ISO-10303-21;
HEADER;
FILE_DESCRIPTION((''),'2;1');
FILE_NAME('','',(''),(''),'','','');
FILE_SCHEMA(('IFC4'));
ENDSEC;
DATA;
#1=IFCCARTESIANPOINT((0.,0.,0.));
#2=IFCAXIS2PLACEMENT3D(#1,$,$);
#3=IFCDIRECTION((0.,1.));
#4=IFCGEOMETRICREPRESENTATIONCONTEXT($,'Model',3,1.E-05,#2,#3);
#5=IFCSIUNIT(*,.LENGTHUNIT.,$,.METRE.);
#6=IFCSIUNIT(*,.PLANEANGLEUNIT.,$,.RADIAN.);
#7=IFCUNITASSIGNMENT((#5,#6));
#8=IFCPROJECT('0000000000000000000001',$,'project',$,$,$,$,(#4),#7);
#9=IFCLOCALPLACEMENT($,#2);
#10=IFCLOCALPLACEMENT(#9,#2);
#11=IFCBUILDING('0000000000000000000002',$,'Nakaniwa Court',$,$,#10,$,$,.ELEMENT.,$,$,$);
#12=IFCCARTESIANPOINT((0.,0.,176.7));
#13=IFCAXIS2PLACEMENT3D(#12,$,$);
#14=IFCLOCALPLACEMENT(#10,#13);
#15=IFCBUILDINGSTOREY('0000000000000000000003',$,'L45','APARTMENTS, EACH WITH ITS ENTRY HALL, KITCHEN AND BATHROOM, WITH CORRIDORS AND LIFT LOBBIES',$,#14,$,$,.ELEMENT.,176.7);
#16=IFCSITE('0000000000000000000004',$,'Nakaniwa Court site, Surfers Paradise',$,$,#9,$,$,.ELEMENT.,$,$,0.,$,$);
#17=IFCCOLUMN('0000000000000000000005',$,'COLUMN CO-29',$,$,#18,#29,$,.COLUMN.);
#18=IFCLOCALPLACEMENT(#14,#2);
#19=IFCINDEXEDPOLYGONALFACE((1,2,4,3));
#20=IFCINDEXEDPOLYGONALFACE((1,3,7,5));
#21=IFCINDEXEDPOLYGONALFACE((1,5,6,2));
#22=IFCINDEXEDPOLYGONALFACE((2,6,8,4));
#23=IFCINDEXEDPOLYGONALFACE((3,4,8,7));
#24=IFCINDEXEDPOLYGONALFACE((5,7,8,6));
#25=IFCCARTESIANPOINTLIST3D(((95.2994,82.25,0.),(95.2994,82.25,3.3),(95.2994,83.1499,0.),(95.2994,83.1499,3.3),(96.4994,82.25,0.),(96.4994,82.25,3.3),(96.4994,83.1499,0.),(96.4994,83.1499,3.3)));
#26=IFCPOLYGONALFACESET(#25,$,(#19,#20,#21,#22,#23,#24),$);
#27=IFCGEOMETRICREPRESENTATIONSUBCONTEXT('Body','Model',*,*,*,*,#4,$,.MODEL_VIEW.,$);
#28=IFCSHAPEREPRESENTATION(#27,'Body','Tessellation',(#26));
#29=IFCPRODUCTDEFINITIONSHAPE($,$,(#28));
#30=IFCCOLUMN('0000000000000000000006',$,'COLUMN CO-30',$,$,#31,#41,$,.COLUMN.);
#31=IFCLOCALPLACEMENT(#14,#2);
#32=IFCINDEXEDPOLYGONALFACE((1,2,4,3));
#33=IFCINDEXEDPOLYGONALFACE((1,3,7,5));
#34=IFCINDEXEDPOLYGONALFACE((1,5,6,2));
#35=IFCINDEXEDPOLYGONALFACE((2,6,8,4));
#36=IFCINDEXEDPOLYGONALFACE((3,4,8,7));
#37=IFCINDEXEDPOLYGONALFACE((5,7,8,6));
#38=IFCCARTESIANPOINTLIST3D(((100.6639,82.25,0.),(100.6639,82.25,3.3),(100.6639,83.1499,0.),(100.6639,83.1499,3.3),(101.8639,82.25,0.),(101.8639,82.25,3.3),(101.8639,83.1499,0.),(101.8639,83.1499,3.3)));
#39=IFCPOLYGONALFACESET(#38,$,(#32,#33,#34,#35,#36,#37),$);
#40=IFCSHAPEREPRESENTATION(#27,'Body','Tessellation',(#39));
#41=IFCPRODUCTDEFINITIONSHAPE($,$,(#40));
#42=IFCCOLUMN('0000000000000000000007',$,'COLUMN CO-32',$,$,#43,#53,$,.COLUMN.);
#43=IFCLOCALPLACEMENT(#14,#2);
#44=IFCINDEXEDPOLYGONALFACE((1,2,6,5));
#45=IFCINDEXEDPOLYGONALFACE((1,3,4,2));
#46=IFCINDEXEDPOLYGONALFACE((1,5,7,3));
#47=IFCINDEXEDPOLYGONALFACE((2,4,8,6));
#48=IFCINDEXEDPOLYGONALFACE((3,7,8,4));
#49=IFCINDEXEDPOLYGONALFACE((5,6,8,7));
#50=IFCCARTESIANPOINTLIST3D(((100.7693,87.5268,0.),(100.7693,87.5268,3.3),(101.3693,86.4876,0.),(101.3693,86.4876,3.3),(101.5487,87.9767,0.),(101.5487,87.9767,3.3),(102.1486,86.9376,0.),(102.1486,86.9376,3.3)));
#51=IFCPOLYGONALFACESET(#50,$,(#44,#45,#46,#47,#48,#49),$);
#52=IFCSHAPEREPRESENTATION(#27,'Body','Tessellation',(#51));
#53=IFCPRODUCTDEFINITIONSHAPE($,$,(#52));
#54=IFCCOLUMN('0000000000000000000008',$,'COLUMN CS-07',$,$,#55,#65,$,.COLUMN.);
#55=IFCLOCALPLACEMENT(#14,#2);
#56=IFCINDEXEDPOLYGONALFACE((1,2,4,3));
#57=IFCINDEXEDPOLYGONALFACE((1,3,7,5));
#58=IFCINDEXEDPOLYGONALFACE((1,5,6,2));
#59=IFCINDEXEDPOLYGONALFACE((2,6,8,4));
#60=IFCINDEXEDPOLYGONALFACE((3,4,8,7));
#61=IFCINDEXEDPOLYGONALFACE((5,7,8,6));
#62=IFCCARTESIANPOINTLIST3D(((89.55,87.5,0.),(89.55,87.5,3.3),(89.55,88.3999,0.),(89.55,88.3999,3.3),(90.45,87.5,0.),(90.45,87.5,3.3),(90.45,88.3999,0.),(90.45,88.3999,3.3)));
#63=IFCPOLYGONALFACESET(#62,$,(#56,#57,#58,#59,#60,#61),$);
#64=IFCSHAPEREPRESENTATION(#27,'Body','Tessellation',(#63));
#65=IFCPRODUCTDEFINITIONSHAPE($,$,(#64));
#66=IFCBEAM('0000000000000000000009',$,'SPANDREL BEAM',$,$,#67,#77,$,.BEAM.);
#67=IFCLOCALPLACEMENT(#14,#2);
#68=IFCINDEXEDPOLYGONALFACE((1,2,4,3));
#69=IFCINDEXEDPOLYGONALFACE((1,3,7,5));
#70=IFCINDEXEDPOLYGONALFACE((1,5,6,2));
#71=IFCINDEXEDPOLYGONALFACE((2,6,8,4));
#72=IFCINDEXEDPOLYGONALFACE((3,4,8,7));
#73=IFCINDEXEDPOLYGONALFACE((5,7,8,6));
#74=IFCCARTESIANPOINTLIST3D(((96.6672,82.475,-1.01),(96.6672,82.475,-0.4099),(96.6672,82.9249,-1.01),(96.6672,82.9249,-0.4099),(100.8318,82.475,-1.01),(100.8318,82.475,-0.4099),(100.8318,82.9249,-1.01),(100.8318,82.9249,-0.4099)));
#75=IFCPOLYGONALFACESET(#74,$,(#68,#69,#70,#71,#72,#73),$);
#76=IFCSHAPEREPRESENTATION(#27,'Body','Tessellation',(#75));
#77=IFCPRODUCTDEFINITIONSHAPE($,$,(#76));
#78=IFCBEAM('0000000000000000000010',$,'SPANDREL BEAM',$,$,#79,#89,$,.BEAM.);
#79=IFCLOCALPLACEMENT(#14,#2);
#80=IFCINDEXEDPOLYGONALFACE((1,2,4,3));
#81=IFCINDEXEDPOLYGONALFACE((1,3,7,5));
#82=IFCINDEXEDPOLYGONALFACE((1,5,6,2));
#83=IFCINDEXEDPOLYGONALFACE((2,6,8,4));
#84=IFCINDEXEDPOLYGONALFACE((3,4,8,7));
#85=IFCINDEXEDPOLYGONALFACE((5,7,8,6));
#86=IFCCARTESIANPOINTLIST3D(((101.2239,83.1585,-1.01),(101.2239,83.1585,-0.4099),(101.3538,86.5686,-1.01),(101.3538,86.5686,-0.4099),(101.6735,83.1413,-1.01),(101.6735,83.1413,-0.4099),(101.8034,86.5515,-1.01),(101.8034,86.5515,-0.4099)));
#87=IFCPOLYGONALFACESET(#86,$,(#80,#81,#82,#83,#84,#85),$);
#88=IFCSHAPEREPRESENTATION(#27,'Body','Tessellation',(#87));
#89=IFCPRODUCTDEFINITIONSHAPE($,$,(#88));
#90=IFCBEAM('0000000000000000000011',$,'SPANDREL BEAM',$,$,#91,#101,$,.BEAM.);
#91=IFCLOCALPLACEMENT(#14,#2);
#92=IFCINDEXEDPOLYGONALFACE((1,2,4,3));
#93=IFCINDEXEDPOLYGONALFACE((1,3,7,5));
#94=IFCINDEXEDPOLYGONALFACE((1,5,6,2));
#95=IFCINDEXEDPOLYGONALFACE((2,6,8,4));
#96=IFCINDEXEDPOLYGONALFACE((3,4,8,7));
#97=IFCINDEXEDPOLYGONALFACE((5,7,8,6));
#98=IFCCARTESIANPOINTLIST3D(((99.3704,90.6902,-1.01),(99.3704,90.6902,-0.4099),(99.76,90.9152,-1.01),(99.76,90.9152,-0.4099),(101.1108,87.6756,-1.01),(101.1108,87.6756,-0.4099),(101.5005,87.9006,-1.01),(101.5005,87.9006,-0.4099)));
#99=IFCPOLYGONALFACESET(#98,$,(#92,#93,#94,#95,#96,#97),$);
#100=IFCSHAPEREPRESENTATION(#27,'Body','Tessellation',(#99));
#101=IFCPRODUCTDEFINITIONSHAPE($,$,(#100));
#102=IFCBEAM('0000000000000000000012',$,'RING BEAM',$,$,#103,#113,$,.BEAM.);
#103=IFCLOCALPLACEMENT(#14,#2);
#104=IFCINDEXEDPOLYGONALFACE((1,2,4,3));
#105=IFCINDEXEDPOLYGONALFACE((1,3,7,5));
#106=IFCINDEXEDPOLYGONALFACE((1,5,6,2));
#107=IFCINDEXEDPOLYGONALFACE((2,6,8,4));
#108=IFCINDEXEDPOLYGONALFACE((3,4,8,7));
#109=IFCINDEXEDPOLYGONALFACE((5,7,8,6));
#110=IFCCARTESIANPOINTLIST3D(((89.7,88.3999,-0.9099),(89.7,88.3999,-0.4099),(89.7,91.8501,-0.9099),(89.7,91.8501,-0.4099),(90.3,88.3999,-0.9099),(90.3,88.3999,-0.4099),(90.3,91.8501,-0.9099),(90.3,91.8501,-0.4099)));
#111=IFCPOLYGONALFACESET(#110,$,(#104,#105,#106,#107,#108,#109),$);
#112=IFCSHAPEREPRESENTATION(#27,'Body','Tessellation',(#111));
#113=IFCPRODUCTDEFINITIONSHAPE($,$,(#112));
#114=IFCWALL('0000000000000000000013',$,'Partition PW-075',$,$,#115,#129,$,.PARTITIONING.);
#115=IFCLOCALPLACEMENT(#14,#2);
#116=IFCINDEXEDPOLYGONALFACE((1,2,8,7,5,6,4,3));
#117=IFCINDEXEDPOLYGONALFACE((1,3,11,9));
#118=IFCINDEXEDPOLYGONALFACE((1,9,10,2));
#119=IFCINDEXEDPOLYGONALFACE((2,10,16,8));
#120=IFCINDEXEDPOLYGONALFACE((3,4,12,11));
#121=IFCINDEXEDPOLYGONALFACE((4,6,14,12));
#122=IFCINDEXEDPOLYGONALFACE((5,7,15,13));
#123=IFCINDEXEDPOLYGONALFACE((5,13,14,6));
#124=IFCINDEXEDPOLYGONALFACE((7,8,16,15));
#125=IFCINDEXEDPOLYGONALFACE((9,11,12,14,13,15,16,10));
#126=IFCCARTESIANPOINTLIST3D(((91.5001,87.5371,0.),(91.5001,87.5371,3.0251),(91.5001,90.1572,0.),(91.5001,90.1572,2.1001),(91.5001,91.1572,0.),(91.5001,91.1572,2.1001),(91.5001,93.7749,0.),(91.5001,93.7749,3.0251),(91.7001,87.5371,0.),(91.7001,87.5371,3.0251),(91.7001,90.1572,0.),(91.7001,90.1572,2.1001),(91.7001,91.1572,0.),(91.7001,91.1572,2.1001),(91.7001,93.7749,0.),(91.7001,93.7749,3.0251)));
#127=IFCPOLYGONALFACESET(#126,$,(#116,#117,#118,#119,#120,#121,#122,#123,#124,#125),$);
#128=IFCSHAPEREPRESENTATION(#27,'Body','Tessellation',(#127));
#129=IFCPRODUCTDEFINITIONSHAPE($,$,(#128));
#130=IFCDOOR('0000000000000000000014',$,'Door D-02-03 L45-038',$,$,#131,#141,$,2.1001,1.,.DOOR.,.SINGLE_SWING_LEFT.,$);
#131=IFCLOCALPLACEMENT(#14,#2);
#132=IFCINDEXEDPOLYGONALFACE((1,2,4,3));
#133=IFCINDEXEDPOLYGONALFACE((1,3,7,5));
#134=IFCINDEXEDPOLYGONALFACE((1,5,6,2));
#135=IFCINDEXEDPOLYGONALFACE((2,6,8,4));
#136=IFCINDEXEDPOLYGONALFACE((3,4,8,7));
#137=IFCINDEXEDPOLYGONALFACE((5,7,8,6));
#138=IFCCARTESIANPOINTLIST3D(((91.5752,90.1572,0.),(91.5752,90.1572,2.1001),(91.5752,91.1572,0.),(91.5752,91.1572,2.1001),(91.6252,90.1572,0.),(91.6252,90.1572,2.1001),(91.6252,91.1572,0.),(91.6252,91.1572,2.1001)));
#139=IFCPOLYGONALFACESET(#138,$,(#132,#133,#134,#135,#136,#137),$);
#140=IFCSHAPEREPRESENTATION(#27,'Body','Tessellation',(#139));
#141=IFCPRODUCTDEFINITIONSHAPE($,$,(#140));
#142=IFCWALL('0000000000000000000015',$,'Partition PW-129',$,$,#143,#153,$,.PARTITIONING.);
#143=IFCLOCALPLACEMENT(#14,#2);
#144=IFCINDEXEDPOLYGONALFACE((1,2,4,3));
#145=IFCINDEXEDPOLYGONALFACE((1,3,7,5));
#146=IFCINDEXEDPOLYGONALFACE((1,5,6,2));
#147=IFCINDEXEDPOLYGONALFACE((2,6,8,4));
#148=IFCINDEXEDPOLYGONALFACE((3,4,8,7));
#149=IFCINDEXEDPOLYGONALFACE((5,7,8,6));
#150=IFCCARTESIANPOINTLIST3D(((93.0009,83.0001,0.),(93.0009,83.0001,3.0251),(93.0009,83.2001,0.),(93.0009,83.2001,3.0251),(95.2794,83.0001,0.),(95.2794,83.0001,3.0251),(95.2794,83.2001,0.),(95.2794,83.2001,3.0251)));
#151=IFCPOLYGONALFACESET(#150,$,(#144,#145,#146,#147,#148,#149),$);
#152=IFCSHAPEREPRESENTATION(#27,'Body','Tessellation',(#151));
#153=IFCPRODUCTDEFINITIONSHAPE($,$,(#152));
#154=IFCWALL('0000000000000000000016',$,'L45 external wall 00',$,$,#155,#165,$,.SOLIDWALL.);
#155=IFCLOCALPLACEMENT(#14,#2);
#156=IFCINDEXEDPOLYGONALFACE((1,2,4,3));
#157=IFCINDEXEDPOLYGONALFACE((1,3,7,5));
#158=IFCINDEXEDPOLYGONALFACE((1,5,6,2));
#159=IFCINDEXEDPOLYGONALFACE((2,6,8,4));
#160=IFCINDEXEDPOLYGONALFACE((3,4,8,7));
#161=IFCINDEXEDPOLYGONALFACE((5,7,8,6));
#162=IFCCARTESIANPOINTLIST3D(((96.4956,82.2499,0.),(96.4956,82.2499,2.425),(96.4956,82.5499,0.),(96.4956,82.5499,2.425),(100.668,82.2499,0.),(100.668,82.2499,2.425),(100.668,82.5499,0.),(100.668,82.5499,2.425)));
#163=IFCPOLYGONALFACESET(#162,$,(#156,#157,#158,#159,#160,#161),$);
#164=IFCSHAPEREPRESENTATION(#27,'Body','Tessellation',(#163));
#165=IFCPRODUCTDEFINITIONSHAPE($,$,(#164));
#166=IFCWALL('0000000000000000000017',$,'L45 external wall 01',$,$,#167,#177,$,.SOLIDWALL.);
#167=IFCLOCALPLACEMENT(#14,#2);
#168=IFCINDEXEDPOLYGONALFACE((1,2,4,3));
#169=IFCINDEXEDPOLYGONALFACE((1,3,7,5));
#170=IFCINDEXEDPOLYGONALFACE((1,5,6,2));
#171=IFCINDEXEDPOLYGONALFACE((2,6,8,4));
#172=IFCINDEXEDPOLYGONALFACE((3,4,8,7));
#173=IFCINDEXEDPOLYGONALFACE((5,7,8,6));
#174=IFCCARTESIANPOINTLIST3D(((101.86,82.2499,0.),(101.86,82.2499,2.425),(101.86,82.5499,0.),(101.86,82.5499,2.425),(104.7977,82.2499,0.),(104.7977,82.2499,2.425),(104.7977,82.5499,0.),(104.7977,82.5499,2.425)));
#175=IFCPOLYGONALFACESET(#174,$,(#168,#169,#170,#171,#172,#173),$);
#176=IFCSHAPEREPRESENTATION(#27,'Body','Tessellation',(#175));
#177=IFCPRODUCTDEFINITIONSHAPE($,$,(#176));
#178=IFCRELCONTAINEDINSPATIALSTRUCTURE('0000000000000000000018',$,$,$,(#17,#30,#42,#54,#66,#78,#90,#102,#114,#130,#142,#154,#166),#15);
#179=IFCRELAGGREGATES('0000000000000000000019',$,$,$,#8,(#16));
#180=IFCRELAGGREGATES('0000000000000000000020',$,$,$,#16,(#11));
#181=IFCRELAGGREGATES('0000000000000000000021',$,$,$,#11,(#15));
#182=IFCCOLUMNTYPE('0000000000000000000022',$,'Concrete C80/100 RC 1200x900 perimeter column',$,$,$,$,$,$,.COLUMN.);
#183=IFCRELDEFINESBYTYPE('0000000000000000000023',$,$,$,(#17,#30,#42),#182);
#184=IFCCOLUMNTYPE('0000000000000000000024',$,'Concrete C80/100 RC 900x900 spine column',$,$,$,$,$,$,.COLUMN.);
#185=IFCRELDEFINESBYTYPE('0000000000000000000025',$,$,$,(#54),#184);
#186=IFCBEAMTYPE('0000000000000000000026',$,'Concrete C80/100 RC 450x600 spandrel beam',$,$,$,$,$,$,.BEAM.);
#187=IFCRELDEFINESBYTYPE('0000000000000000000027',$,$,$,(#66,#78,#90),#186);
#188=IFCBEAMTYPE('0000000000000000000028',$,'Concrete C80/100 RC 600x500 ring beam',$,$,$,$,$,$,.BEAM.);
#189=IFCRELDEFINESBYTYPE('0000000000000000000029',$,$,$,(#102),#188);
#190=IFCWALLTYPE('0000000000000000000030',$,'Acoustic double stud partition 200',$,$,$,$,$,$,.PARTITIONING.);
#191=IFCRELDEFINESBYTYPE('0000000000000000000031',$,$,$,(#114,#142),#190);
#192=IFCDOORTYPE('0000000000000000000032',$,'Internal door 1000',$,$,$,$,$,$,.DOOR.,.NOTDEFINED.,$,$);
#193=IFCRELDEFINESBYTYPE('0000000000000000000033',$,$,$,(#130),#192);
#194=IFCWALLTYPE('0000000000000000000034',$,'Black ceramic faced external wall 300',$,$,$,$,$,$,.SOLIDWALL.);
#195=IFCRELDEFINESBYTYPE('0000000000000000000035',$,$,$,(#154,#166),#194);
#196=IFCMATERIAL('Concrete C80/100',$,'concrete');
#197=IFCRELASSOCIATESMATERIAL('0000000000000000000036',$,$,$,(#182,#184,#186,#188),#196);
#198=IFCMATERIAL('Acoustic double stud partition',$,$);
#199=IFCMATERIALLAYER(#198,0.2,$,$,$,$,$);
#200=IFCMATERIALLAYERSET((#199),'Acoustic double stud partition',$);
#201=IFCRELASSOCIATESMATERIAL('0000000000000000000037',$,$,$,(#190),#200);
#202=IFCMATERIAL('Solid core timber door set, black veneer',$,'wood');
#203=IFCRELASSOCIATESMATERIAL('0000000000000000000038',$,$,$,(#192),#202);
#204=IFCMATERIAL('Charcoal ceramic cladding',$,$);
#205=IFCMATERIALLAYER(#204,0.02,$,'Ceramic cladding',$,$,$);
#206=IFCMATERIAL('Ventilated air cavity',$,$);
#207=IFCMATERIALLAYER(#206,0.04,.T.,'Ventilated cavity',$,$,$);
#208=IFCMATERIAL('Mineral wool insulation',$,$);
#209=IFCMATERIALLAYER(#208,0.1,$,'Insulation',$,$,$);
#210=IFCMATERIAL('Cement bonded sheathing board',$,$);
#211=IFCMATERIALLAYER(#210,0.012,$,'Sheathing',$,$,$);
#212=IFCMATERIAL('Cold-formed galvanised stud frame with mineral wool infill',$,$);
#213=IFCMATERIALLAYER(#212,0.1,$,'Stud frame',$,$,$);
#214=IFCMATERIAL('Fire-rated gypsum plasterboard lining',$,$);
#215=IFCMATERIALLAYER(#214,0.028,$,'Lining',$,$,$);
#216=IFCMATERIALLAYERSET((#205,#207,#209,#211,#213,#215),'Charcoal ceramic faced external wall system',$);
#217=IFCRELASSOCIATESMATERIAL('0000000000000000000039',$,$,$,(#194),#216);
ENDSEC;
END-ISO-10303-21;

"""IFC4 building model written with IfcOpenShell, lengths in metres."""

from ifc_helpers import new_model, si_unit, direction, frame, frame_2d, origin, origin_2d, place, context, subcontext, project, spatial, rectangle, extrude, material, layer, layer_set, material_profile, profile_set, type_object, element, fill, save


model = new_model("IFC4")

# Units and contexts
model_context = context("Model", 3, precision=1e-05, world=origin(), true_north=direction((0.0, 1.0)))
body_context = subcontext(model_context, "Body", "Model", "MODEL_VIEW")
ifc_project = project(units=[si_unit("LENGTHUNIT", "METRE"), si_unit("PLANEANGLEUNIT", "RADIAN")], contexts=[model_context])

# Site, building, storey
site_placement = place(None, origin())
site = spatial("IfcSite", under=ifc_project, at=site_placement, Name="Nakaniwa Court site, Surfers Paradise", CompositionType="ELEMENT", RefElevation=0.0)
building_placement = place(site_placement, origin())
building = spatial("IfcBuilding", under=site, at=building_placement, Name="Nakaniwa Court", CompositionType="ELEMENT")
storey_placement = place(building_placement, frame((0.0, 0.0, 176.7)))
storey = spatial("IfcBuildingStorey", under=building, at=storey_placement, Name="L45", Description="APARTMENTS, EACH WITH ITS ENTRY HALL, KITCHEN AND BATHROOM, WITH CORRIDORS AND LIFT LOBBIES", CompositionType="ELEMENT", Elevation=176.7)

# Columns
ifc_material_1 = material(Name="Concrete C80/100", Category="concrete")
ifc_material_profile_1 = material_profile(ifc_material_1, rectangle(XDim=1.2, YDim=0.8999, at=origin_2d()), Name="Concrete C80/100 RC 1200x900 perimeter column")
ifc_profile_set_1 = profile_set([ifc_material_profile_1], Name="Concrete C80/100")
column_type_1 = type_object("IfcColumnType", Name="Concrete C80/100 RC 1200x900 perimeter column", PredefinedType="COLUMN", material=ifc_profile_set_1)
for number, where, z_axis, x_axis, name in (
    (1, (95.8994, 82.7, 0.0), (0.0, 0.0, 1.0), (1.0, 0.0, 0.0), "COLUMN CO-29"),
    (2, (101.2639, 82.7, 0.0), (0.0, 0.0, 1.0), (1.0, 0.0, 0.0), "COLUMN CO-30"),
    (3, (101.459, 87.2322, 0.0), (0.0, 0.0, 1.0), (-0.5, 0.866025, 0.0), "COLUMN CO-32"),
):
    element("IfcColumn", number, at=place(storey_placement, frame(where, z_axis=z_axis, x_axis=x_axis)), inside=storey, type_object=column_type_1, Name=name, PredefinedType="COLUMN", context=body_context, shape_type="SweptSolid", body=[
        extrude(rectangle(XDim=1.2, YDim=0.8999, at=origin_2d()), origin(), (0.0, 0.0, 1.0), 3.3),
    ])
ifc_material_profile_2 = material_profile(ifc_material_1, rectangle(XDim=0.8999, YDim=0.8999, at=origin_2d()), Name="Concrete C80/100 RC 900x900 spine column")
ifc_profile_set_2 = profile_set([ifc_material_profile_2], Name="Concrete C80/100")
column_type_2 = type_object("IfcColumnType", Name="Concrete C80/100 RC 900x900 spine column", PredefinedType="COLUMN", material=ifc_profile_set_2)
column_placement = place(storey_placement, frame((90.0, 87.95, 0.0), z_axis=(0.0, 0.0, 1.0), x_axis=(0.0, 1.0, 0.0)))
element("IfcColumn", 4, at=column_placement, inside=storey, type_object=column_type_2, Name="COLUMN CS-07", PredefinedType="COLUMN", context=body_context, shape_type="SweptSolid", body=[
    extrude(rectangle(XDim=0.8999, YDim=0.8999, at=origin_2d()), origin(), (0.0, 0.0, 1.0), 3.3),
])

# Beams
ifc_material_profile_3 = material_profile(ifc_material_1, rectangle(XDim=0.45, YDim=0.6001, at=origin_2d()), Name="Concrete C80/100 RC 450x600 spandrel beam")
ifc_profile_set_3 = profile_set([ifc_material_profile_3], Name="Concrete C80/100")
beam_type_1 = type_object("IfcBeamType", Name="Concrete C80/100 RC 450x600 spandrel beam", PredefinedType="BEAM", material=ifc_profile_set_3)
beam_1_placement = place(storey_placement, frame((96.6672, 82.7, -0.71), z_axis=(1.0, 0.0, 0.0), x_axis=(0.0, 1.0, 0.0)))
element("IfcBeam", 5, at=beam_1_placement, inside=storey, type_object=beam_type_1, Name="SPANDREL BEAM", PredefinedType="BEAM", context=body_context, shape_type="SweptSolid", body=[
    extrude(rectangle(XDim=0.45, YDim=0.6001, at=origin_2d()), origin(), (0.0, 0.0, 1.0), 4.1646),
])
beam_2_placement = place(storey_placement, frame((101.4487, 83.1499, -0.71), z_axis=(0.038059, 0.999275, 0.0), x_axis=(-0.999275, 0.038059, 0.0)))
element("IfcBeam", 6, at=beam_2_placement, inside=storey, type_object=beam_type_1, Name="SPANDREL BEAM", PredefinedType="BEAM", context=body_context, shape_type="SweptSolid", body=[
    extrude(rectangle(XDim=0.45, YDim=0.6001, at=origin_2d()), origin(), (0.0, 0.0, 1.0), 3.4126),
])
beam_3_placement = place(storey_placement, frame((101.3057, 87.7881, -0.71), z_axis=(-0.499994, 0.866029, 0.0), x_axis=(-0.866029, -0.499994, 0.0)))
element("IfcBeam", 7, at=beam_3_placement, inside=storey, type_object=beam_type_1, Name="SPANDREL BEAM", PredefinedType="BEAM", context=body_context, shape_type="SweptSolid", body=[
    extrude(rectangle(XDim=0.45, YDim=0.6001, at=origin_2d()), origin(), (0.0, 0.0, 1.0), 3.481),
])
ifc_material_profile_4 = material_profile(ifc_material_1, rectangle(XDim=0.6001, YDim=0.5, at=origin_2d()), Name="Concrete C80/100 RC 600x500 ring beam")
ifc_profile_set_4 = profile_set([ifc_material_profile_4], Name="Concrete C80/100")
beam_type_2 = type_object("IfcBeamType", Name="Concrete C80/100 RC 600x500 ring beam", PredefinedType="BEAM", material=ifc_profile_set_4)
beam_4_placement = place(storey_placement, frame((90.0, 88.3999, -0.6599), z_axis=(0.0, 1.0, 0.0), x_axis=(-1.0, 0.0, 0.0)))
element("IfcBeam", 8, at=beam_4_placement, inside=storey, type_object=beam_type_2, Name="RING BEAM", PredefinedType="BEAM", context=body_context, shape_type="SweptSolid", body=[
    extrude(rectangle(XDim=0.6001, YDim=0.5, at=origin_2d()), origin(), (0.0, 0.0, 1.0), 3.4502),
])

# Wall, opening, door
ifc_material_2 = material(Name="Acoustic double stud partition")
ifc_layer_1 = layer(ifc_material_2, 0.2)
ifc_layer_set_1 = layer_set([ifc_layer_1], Name="Acoustic double stud partition")
wall_type_1 = type_object("IfcWallType", Name="Acoustic double stud partition 200", PredefinedType="PARTITIONING", material=ifc_layer_set_1)
wall_1_placement = place(storey_placement, frame((91.6001, 87.5371, 0.0), z_axis=(0.0, 0.0, 1.0), x_axis=(0.0, 1.0, 0.0)))
wall_1 = element("IfcWall", 9, at=wall_1_placement, inside=storey, type_object=wall_type_1, Name="Partition PW-075", PredefinedType="PARTITIONING", context=body_context, shape_type="SweptSolid", body=[
    extrude(rectangle(XDim=6.2378, YDim=0.2, at=frame_2d((3.1189, 0.0))), origin(), (0.0, 0.0, 1.0), 3.0251),
])
opening_1_placement = place(wall_1_placement, frame((2.6201, 0.0, 0.0)))
opening_1 = element("IfcOpeningElement", 10, at=opening_1_placement, cuts=wall_1, PredefinedType="OPENING", context=body_context, shape_type="SweptSolid", body=[
    extrude(rectangle(XDim=1.0, YDim=2.1001, at=frame_2d((0.5, 1.05))), frame((0.0, 0.1099, 0.0), z_axis=(0.0, -1.0, 0.0), x_axis=(1.0, 0.0, 0.0)), (0.0, 0.0, 1.0), 0.22),
])
ifc_material_3 = material(Name="Solid core timber door set, black veneer", Category="wood")
door_type_1 = type_object("IfcDoorType", Name="Internal door 1000", OperationType="NOTDEFINED", PredefinedType="DOOR", material=ifc_material_3)
door_1_placement = place(opening_1_placement, origin())
door_1 = element("IfcDoor", 11, at=door_1_placement, inside=storey, type_object=door_type_1, Name="Door D-02-03 L45-038", OperationType="SINGLE_SWING_LEFT", OverallHeight=2.1001, OverallWidth=1.0, PredefinedType="DOOR", context=body_context, shape_type="SweptSolid", body=[
    extrude(rectangle(XDim=1.0, YDim=2.1001, at=frame_2d((0.5, 1.05))), frame((0.0, 0.0249, 0.0), z_axis=(0.0, -1.0, 0.0), x_axis=(1.0, 0.0, 0.0)), (0.0, 0.0, 1.0), 0.05),
])
fill(opening_1, door_1)

# Walls
wall_2_placement = place(storey_placement, frame((93.001, 83.1001, 0.0), z_axis=(0.0, 0.0, 1.0), x_axis=(1.0, 0.0, 0.0)))
element("IfcWall", 12, at=wall_2_placement, inside=storey, type_object=wall_type_1, Name="Partition PW-129", PredefinedType="PARTITIONING", context=body_context, shape_type="SweptSolid", body=[
    extrude(rectangle(XDim=2.2786, YDim=0.2, at=frame_2d((1.1392, 0.0))), origin(), (0.0, 0.0, 1.0), 3.0251),
])
ifc_material_4 = material(Name="Charcoal ceramic cladding")
ifc_layer_2 = layer(ifc_material_4, 0.02, Name="Ceramic cladding")
ifc_material_5 = material(Name="Ventilated air cavity")
ifc_layer_3 = layer(ifc_material_5, 0.04, ventilated=True, Name="Ventilated cavity")
ifc_material_6 = material(Name="Mineral wool insulation")
ifc_layer_4 = layer(ifc_material_6, 0.1, Name="Insulation")
ifc_material_7 = material(Name="Cement bonded sheathing board")
ifc_layer_5 = layer(ifc_material_7, 0.012, Name="Sheathing")
ifc_material_8 = material(Name="Cold-formed galvanised stud frame with mineral wool infill")
ifc_layer_6 = layer(ifc_material_8, 0.1, Name="Stud frame")
ifc_material_9 = material(Name="Fire-rated gypsum plasterboard lining")
ifc_layer_7 = layer(ifc_material_9, 0.028, Name="Lining")
ifc_layer_set_2 = layer_set([ifc_layer_2, ifc_layer_3, ifc_layer_4, ifc_layer_5, ifc_layer_6, ifc_layer_7], Name="Charcoal ceramic faced external wall system")
wall_type_2 = type_object("IfcWallType", Name="Black ceramic faced external wall 300", PredefinedType="SOLIDWALL", material=ifc_layer_set_2)
wall_3_placement = place(storey_placement, frame((96.4956, 82.3999, 0.0), z_axis=(0.0, 0.0, 1.0), x_axis=(1.0, 0.0, 0.0)))
element("IfcWall", 13, at=wall_3_placement, inside=storey, type_object=wall_type_2, Name="L45 external wall 00", PredefinedType="SOLIDWALL", context=body_context, shape_type="SweptSolid", body=[
    extrude(rectangle(XDim=4.1724, YDim=0.3, at=frame_2d((2.0862, 0.0))), origin(), (0.0, 0.0, 1.0), 2.425),
])
wall_4_placement = place(storey_placement, frame((101.8601, 82.3999, 0.0), z_axis=(0.0, 0.0, 1.0), x_axis=(1.0, 0.0, 0.0)))
element("IfcWall", 14, at=wall_4_placement, inside=storey, type_object=wall_type_2, Name="L45 external wall 01", PredefinedType="SOLIDWALL", context=body_context, shape_type="SweptSolid", body=[
    extrude(rectangle(XDim=2.9377, YDim=0.3, at=frame_2d((1.4688, 0.0))), origin(), (0.0, 0.0, 1.0), 2.425),
])

save(model, "model.ifc")
